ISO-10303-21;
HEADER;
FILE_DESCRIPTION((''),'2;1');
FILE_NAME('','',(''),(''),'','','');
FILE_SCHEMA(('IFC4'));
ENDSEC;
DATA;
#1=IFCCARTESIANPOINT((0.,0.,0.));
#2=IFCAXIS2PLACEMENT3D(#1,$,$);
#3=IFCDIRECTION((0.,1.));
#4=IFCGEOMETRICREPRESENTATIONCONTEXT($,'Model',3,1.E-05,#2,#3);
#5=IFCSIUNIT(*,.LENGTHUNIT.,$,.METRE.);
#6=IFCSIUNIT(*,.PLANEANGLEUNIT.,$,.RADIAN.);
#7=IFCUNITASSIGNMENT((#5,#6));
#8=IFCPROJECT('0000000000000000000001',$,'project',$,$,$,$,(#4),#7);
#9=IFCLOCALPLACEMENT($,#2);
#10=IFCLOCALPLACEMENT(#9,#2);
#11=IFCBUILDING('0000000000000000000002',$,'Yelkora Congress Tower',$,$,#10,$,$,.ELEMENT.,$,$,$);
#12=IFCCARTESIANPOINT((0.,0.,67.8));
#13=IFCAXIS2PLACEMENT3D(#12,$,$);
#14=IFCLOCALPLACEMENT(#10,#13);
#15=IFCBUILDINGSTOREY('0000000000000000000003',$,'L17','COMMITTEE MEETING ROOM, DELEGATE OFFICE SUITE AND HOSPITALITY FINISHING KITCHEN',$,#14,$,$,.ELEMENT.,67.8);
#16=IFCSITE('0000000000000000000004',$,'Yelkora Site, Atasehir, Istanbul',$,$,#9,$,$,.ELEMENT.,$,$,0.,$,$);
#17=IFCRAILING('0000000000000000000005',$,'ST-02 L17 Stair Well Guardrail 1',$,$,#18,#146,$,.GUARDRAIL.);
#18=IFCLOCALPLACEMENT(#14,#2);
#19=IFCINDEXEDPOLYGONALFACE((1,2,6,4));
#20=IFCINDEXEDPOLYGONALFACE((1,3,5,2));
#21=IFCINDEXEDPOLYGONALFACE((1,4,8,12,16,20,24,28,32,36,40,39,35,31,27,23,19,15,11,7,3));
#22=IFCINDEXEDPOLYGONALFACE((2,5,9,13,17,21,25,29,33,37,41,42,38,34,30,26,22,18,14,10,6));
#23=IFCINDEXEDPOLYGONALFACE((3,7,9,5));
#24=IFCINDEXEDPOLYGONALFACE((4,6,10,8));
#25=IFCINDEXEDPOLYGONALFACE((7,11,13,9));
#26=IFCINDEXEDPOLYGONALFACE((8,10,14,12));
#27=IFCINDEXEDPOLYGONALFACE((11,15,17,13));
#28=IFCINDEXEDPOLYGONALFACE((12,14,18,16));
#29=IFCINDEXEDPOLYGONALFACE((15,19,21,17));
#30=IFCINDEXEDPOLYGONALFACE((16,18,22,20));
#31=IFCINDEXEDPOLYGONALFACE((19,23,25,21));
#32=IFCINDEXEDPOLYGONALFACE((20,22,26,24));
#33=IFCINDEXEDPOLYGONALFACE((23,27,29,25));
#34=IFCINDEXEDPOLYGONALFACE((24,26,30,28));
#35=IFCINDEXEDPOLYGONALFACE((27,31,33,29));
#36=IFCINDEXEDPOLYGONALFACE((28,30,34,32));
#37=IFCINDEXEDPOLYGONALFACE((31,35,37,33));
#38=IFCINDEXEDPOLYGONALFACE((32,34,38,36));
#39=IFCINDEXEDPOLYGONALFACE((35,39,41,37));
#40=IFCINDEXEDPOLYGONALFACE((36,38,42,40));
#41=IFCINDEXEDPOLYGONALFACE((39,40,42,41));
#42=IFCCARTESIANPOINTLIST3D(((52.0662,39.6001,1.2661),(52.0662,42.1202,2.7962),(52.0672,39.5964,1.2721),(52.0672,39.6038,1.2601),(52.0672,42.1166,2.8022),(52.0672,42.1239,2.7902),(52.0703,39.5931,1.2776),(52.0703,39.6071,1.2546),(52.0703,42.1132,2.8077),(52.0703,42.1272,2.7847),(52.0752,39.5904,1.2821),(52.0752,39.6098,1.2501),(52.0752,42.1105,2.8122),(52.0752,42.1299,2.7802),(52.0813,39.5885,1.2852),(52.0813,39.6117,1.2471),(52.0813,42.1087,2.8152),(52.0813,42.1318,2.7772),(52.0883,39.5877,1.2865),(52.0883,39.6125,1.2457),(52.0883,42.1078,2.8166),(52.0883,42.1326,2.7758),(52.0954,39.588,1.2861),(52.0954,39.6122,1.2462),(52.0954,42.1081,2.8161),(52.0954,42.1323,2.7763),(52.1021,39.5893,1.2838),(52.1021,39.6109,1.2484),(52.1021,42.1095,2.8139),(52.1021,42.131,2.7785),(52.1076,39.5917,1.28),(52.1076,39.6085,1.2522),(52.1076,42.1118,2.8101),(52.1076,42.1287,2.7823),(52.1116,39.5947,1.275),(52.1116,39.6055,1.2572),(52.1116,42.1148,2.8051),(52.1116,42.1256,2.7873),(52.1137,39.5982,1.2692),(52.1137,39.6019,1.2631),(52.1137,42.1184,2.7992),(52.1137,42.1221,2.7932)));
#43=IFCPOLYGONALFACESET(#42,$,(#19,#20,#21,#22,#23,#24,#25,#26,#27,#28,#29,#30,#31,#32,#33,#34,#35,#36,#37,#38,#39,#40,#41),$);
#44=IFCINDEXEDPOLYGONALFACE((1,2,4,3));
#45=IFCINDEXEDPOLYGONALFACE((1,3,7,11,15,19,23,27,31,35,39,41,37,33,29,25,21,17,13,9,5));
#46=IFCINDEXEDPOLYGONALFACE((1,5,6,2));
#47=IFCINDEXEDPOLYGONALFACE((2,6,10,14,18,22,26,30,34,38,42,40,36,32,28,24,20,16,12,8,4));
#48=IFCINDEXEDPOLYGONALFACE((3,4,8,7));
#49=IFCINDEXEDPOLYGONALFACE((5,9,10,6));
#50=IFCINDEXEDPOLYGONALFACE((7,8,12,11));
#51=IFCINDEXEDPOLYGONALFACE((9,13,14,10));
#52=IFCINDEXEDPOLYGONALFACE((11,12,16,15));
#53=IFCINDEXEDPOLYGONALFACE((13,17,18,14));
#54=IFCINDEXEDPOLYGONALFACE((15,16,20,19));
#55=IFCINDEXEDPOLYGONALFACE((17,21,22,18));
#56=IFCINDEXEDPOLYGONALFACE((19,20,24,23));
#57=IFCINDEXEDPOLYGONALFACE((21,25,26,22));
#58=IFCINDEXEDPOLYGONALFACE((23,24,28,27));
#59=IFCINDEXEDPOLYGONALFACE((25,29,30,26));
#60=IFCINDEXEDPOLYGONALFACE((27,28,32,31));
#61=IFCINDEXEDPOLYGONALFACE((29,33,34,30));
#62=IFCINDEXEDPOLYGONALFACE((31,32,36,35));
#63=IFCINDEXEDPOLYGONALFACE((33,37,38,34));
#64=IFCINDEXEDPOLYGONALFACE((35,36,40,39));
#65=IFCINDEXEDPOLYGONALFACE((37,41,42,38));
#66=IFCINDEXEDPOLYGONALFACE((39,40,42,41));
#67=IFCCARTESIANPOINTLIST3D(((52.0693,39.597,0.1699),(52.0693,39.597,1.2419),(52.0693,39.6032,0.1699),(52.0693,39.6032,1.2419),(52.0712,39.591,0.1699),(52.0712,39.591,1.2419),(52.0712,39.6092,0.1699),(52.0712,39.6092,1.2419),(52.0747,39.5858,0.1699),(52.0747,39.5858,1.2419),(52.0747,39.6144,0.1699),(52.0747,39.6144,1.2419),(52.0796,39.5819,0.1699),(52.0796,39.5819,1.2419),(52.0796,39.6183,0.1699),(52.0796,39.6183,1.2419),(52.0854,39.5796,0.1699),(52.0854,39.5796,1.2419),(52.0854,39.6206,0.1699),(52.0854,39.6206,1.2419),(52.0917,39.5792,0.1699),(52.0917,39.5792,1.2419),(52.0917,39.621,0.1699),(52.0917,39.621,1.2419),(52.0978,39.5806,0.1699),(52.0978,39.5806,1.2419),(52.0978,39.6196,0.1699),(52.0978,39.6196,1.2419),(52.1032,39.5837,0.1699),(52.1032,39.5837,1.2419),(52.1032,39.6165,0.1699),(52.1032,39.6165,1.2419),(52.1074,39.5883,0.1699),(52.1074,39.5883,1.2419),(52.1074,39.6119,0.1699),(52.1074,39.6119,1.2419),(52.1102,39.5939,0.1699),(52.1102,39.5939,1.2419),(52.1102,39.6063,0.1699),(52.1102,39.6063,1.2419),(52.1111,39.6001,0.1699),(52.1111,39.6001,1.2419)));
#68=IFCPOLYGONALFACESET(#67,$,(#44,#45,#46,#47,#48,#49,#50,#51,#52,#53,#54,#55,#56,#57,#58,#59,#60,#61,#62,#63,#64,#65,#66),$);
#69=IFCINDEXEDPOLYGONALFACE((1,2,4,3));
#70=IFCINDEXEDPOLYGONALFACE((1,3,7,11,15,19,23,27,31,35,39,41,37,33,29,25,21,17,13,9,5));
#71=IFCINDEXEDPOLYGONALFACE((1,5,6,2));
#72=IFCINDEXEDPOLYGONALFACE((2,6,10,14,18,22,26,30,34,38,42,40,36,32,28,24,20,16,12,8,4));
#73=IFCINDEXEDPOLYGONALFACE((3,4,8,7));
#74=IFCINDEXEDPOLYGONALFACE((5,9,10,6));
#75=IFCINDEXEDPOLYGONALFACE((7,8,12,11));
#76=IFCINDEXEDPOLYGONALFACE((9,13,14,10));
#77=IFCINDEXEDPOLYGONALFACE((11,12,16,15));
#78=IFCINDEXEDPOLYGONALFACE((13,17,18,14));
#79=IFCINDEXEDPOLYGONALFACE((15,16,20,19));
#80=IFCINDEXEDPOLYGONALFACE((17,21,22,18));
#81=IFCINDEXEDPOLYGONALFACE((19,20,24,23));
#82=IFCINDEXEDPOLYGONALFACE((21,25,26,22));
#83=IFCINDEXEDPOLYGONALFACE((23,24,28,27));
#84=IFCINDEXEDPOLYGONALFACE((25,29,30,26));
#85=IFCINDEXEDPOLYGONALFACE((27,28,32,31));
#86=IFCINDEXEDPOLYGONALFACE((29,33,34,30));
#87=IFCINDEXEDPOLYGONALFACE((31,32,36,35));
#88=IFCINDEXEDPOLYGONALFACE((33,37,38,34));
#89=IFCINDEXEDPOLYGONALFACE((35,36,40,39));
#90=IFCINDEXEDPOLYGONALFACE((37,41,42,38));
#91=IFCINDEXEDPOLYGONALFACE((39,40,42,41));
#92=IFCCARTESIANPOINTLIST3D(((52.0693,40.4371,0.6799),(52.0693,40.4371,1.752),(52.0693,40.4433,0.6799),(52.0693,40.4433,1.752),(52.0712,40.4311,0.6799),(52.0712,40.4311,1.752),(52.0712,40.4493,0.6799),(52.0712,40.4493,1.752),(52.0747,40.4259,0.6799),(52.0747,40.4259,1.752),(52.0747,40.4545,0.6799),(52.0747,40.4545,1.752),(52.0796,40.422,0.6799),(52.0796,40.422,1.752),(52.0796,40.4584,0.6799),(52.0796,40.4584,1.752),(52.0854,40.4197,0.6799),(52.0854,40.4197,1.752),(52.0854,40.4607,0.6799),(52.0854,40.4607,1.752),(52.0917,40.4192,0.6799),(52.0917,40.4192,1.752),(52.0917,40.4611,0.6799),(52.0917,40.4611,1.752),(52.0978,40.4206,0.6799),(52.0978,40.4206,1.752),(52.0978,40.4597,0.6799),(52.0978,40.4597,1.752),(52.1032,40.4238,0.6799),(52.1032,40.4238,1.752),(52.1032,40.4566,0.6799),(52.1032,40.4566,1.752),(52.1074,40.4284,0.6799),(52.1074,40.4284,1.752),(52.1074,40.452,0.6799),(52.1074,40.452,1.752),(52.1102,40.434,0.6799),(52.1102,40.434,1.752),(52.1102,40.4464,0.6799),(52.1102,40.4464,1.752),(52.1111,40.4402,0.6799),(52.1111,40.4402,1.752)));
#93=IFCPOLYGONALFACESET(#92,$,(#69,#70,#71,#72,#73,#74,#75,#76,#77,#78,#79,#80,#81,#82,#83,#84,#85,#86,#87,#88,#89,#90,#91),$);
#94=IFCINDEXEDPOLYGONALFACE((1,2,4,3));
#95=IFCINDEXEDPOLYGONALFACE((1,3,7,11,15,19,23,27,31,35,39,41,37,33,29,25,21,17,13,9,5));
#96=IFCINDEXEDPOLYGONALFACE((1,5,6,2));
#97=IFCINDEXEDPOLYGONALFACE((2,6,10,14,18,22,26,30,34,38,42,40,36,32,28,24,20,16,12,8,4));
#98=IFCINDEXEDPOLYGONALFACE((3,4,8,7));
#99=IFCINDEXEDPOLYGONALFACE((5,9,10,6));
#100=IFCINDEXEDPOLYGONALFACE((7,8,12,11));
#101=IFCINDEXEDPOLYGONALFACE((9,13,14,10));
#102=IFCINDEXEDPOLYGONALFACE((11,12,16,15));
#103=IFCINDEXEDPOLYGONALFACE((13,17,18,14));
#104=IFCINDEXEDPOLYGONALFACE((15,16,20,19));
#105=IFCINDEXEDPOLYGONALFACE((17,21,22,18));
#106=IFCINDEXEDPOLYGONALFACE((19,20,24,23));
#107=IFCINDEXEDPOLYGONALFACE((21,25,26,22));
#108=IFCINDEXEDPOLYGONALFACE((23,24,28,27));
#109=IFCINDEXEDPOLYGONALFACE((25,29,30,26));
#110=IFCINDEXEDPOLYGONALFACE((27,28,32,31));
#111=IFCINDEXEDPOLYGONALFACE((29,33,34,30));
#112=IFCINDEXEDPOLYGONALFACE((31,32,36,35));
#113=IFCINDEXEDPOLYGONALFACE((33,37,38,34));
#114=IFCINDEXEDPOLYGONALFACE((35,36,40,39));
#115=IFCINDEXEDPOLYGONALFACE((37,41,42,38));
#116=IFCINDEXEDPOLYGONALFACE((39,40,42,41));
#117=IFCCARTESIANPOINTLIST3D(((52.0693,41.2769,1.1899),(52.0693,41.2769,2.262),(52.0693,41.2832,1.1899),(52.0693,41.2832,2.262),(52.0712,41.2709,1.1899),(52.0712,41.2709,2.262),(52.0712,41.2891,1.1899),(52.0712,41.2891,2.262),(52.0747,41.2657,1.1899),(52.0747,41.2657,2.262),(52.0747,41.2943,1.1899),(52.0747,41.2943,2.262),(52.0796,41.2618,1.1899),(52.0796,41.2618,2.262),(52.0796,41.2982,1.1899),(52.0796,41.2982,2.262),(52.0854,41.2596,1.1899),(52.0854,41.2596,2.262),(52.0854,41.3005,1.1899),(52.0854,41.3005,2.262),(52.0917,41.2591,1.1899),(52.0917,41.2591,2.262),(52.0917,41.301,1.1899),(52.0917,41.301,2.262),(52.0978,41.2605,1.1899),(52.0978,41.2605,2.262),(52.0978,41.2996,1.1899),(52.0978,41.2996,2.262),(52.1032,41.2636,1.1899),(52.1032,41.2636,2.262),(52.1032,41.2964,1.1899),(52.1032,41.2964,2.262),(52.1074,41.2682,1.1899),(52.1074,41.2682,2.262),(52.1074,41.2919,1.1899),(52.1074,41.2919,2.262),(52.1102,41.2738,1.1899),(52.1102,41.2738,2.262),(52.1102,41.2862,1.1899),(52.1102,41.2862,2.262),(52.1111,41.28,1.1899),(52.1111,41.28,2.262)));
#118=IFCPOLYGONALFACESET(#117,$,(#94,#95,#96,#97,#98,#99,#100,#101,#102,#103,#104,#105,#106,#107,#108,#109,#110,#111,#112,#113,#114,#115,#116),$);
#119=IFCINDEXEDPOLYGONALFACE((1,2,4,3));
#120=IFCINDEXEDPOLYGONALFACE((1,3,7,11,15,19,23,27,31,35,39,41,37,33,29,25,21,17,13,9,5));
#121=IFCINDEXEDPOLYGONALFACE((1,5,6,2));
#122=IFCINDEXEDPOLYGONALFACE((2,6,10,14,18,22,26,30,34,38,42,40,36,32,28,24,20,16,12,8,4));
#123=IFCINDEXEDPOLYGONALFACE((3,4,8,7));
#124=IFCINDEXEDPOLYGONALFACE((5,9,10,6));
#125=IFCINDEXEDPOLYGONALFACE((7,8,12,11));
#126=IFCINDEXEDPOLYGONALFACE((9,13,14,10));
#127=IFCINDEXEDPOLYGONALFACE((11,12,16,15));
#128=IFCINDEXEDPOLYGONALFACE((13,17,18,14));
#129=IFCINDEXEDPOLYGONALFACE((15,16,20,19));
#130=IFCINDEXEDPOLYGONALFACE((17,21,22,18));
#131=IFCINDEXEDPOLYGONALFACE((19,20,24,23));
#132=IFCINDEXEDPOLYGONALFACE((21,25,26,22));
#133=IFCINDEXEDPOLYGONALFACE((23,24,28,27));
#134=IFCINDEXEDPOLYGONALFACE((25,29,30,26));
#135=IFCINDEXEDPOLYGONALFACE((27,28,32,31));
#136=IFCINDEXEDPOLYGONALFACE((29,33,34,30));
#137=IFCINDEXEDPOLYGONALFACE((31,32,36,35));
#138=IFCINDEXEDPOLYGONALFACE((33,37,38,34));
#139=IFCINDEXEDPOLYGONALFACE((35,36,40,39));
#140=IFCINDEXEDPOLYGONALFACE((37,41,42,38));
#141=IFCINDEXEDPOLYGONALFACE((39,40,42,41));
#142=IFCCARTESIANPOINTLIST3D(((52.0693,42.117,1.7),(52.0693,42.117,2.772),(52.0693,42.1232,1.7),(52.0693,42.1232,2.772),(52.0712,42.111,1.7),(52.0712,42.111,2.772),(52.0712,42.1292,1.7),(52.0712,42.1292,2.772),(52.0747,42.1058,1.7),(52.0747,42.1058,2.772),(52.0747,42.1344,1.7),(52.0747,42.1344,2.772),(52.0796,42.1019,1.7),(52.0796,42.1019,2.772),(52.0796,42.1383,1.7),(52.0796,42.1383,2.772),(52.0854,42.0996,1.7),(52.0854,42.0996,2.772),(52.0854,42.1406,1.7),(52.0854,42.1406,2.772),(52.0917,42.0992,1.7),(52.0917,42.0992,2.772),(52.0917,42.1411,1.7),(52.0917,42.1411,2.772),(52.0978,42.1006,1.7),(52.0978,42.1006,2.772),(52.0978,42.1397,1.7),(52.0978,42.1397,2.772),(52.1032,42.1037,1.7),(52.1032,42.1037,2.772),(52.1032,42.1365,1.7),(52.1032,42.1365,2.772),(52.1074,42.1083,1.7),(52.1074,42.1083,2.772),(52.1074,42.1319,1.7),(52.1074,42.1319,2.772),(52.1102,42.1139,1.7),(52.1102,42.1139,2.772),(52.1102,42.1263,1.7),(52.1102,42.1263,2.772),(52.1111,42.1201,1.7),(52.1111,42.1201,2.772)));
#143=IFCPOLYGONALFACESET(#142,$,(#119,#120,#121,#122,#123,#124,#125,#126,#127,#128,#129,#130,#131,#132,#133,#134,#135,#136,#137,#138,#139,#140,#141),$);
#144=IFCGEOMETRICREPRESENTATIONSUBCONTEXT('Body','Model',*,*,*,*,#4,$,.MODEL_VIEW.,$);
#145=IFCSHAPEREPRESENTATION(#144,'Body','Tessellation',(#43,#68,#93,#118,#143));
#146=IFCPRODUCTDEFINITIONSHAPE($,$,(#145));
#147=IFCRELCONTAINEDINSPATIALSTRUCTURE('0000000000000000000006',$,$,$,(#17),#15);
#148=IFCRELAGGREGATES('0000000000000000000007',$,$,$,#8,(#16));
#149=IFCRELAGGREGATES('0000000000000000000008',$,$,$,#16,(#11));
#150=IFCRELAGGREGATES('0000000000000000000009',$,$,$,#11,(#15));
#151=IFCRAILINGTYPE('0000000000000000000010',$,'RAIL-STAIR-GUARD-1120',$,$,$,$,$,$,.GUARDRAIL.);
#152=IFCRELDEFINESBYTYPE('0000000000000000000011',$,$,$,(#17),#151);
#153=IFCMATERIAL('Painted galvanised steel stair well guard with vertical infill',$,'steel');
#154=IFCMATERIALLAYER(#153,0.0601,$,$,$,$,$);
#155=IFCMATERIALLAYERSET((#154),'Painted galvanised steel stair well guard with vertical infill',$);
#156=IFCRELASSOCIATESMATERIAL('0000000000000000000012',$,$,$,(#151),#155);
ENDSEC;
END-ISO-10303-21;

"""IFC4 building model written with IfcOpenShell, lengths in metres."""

from ifc_helpers import new_model, si_unit, direction, frame, origin, origin_2d, place, context, subcontext, project, spatial, circle, extrude, material, layer, layer_set, type_object, element, save


model = new_model("IFC4")

# Units and contexts
model_context = context("Model", 3, precision=1e-05, world=origin(), true_north=direction((0.0, 1.0)))
body_context = subcontext(model_context, "Body", "Model", "MODEL_VIEW")
ifc_project = project(units=[si_unit("LENGTHUNIT", "METRE"), si_unit("PLANEANGLEUNIT", "RADIAN")], contexts=[model_context])

# Site, building, storey
site_placement = place(None, origin())
site = spatial("IfcSite", under=ifc_project, at=site_placement, Name="Yelkora Site, Atasehir, Istanbul", CompositionType="ELEMENT", RefElevation=0.0)
building_placement = place(site_placement, origin())
building = spatial("IfcBuilding", under=site, at=building_placement, Name="Yelkora Congress Tower", CompositionType="ELEMENT")
storey_placement = place(building_placement, frame((0.0, 0.0, 67.8)))
storey = spatial("IfcBuildingStorey", under=building, at=storey_placement, Name="L17", Description="COMMITTEE MEETING ROOM, DELEGATE OFFICE SUITE AND HOSPITALITY FINISHING KITCHEN", CompositionType="ELEMENT", Elevation=67.8)

# Railing
ifc_material_1 = material(Name="Painted galvanised steel stair well guard with vertical infill", Category="steel")
ifc_layer_1 = layer(ifc_material_1, 0.0601)
ifc_layer_set_1 = layer_set([ifc_layer_1], Name="Painted galvanised steel stair well guard with vertical infill")
railing_type_1 = type_object("IfcRailingType", Name="RAIL-STAIR-GUARD-1120", PredefinedType="GUARDRAIL", material=ifc_layer_set_1)
railing_1_placement = place(storey_placement, frame((52.0901, 39.6001, 0.1699)))
element("IfcRailing", 1, at=railing_1_placement, inside=storey, type_object=railing_type_1, Name="ST-02 L17 Stair Well Guardrail 1", PredefinedType="GUARDRAIL", context=body_context, shape_type="SweptSolid", body=[
    extrude(circle(Radius=0.0239, at=origin_2d()), frame((0.0, 0.0, 1.0962), z_axis=(0.0, 0.854785, 0.518982), x_axis=(-1.0, 0.0, 0.0)), (0.0, 0.0, 1.0), 2.9482),
    extrude(circle(Radius=0.021, at=origin_2d()), origin(), (0.0, 0.0, 1.0), 1.072),
    extrude(circle(Radius=0.021, at=origin_2d()), frame((0.0, 0.8401, 0.51)), (0.0, 0.0, 1.0), 1.072),
    extrude(circle(Radius=0.021, at=origin_2d()), frame((0.0, 1.6799, 1.02)), (0.0, 0.0, 1.0), 1.072),
    extrude(circle(Radius=0.021, at=origin_2d()), frame((0.0, 2.52, 1.53)), (0.0, 0.0, 1.0), 1.072),
])

save(model, "model.ifc")
